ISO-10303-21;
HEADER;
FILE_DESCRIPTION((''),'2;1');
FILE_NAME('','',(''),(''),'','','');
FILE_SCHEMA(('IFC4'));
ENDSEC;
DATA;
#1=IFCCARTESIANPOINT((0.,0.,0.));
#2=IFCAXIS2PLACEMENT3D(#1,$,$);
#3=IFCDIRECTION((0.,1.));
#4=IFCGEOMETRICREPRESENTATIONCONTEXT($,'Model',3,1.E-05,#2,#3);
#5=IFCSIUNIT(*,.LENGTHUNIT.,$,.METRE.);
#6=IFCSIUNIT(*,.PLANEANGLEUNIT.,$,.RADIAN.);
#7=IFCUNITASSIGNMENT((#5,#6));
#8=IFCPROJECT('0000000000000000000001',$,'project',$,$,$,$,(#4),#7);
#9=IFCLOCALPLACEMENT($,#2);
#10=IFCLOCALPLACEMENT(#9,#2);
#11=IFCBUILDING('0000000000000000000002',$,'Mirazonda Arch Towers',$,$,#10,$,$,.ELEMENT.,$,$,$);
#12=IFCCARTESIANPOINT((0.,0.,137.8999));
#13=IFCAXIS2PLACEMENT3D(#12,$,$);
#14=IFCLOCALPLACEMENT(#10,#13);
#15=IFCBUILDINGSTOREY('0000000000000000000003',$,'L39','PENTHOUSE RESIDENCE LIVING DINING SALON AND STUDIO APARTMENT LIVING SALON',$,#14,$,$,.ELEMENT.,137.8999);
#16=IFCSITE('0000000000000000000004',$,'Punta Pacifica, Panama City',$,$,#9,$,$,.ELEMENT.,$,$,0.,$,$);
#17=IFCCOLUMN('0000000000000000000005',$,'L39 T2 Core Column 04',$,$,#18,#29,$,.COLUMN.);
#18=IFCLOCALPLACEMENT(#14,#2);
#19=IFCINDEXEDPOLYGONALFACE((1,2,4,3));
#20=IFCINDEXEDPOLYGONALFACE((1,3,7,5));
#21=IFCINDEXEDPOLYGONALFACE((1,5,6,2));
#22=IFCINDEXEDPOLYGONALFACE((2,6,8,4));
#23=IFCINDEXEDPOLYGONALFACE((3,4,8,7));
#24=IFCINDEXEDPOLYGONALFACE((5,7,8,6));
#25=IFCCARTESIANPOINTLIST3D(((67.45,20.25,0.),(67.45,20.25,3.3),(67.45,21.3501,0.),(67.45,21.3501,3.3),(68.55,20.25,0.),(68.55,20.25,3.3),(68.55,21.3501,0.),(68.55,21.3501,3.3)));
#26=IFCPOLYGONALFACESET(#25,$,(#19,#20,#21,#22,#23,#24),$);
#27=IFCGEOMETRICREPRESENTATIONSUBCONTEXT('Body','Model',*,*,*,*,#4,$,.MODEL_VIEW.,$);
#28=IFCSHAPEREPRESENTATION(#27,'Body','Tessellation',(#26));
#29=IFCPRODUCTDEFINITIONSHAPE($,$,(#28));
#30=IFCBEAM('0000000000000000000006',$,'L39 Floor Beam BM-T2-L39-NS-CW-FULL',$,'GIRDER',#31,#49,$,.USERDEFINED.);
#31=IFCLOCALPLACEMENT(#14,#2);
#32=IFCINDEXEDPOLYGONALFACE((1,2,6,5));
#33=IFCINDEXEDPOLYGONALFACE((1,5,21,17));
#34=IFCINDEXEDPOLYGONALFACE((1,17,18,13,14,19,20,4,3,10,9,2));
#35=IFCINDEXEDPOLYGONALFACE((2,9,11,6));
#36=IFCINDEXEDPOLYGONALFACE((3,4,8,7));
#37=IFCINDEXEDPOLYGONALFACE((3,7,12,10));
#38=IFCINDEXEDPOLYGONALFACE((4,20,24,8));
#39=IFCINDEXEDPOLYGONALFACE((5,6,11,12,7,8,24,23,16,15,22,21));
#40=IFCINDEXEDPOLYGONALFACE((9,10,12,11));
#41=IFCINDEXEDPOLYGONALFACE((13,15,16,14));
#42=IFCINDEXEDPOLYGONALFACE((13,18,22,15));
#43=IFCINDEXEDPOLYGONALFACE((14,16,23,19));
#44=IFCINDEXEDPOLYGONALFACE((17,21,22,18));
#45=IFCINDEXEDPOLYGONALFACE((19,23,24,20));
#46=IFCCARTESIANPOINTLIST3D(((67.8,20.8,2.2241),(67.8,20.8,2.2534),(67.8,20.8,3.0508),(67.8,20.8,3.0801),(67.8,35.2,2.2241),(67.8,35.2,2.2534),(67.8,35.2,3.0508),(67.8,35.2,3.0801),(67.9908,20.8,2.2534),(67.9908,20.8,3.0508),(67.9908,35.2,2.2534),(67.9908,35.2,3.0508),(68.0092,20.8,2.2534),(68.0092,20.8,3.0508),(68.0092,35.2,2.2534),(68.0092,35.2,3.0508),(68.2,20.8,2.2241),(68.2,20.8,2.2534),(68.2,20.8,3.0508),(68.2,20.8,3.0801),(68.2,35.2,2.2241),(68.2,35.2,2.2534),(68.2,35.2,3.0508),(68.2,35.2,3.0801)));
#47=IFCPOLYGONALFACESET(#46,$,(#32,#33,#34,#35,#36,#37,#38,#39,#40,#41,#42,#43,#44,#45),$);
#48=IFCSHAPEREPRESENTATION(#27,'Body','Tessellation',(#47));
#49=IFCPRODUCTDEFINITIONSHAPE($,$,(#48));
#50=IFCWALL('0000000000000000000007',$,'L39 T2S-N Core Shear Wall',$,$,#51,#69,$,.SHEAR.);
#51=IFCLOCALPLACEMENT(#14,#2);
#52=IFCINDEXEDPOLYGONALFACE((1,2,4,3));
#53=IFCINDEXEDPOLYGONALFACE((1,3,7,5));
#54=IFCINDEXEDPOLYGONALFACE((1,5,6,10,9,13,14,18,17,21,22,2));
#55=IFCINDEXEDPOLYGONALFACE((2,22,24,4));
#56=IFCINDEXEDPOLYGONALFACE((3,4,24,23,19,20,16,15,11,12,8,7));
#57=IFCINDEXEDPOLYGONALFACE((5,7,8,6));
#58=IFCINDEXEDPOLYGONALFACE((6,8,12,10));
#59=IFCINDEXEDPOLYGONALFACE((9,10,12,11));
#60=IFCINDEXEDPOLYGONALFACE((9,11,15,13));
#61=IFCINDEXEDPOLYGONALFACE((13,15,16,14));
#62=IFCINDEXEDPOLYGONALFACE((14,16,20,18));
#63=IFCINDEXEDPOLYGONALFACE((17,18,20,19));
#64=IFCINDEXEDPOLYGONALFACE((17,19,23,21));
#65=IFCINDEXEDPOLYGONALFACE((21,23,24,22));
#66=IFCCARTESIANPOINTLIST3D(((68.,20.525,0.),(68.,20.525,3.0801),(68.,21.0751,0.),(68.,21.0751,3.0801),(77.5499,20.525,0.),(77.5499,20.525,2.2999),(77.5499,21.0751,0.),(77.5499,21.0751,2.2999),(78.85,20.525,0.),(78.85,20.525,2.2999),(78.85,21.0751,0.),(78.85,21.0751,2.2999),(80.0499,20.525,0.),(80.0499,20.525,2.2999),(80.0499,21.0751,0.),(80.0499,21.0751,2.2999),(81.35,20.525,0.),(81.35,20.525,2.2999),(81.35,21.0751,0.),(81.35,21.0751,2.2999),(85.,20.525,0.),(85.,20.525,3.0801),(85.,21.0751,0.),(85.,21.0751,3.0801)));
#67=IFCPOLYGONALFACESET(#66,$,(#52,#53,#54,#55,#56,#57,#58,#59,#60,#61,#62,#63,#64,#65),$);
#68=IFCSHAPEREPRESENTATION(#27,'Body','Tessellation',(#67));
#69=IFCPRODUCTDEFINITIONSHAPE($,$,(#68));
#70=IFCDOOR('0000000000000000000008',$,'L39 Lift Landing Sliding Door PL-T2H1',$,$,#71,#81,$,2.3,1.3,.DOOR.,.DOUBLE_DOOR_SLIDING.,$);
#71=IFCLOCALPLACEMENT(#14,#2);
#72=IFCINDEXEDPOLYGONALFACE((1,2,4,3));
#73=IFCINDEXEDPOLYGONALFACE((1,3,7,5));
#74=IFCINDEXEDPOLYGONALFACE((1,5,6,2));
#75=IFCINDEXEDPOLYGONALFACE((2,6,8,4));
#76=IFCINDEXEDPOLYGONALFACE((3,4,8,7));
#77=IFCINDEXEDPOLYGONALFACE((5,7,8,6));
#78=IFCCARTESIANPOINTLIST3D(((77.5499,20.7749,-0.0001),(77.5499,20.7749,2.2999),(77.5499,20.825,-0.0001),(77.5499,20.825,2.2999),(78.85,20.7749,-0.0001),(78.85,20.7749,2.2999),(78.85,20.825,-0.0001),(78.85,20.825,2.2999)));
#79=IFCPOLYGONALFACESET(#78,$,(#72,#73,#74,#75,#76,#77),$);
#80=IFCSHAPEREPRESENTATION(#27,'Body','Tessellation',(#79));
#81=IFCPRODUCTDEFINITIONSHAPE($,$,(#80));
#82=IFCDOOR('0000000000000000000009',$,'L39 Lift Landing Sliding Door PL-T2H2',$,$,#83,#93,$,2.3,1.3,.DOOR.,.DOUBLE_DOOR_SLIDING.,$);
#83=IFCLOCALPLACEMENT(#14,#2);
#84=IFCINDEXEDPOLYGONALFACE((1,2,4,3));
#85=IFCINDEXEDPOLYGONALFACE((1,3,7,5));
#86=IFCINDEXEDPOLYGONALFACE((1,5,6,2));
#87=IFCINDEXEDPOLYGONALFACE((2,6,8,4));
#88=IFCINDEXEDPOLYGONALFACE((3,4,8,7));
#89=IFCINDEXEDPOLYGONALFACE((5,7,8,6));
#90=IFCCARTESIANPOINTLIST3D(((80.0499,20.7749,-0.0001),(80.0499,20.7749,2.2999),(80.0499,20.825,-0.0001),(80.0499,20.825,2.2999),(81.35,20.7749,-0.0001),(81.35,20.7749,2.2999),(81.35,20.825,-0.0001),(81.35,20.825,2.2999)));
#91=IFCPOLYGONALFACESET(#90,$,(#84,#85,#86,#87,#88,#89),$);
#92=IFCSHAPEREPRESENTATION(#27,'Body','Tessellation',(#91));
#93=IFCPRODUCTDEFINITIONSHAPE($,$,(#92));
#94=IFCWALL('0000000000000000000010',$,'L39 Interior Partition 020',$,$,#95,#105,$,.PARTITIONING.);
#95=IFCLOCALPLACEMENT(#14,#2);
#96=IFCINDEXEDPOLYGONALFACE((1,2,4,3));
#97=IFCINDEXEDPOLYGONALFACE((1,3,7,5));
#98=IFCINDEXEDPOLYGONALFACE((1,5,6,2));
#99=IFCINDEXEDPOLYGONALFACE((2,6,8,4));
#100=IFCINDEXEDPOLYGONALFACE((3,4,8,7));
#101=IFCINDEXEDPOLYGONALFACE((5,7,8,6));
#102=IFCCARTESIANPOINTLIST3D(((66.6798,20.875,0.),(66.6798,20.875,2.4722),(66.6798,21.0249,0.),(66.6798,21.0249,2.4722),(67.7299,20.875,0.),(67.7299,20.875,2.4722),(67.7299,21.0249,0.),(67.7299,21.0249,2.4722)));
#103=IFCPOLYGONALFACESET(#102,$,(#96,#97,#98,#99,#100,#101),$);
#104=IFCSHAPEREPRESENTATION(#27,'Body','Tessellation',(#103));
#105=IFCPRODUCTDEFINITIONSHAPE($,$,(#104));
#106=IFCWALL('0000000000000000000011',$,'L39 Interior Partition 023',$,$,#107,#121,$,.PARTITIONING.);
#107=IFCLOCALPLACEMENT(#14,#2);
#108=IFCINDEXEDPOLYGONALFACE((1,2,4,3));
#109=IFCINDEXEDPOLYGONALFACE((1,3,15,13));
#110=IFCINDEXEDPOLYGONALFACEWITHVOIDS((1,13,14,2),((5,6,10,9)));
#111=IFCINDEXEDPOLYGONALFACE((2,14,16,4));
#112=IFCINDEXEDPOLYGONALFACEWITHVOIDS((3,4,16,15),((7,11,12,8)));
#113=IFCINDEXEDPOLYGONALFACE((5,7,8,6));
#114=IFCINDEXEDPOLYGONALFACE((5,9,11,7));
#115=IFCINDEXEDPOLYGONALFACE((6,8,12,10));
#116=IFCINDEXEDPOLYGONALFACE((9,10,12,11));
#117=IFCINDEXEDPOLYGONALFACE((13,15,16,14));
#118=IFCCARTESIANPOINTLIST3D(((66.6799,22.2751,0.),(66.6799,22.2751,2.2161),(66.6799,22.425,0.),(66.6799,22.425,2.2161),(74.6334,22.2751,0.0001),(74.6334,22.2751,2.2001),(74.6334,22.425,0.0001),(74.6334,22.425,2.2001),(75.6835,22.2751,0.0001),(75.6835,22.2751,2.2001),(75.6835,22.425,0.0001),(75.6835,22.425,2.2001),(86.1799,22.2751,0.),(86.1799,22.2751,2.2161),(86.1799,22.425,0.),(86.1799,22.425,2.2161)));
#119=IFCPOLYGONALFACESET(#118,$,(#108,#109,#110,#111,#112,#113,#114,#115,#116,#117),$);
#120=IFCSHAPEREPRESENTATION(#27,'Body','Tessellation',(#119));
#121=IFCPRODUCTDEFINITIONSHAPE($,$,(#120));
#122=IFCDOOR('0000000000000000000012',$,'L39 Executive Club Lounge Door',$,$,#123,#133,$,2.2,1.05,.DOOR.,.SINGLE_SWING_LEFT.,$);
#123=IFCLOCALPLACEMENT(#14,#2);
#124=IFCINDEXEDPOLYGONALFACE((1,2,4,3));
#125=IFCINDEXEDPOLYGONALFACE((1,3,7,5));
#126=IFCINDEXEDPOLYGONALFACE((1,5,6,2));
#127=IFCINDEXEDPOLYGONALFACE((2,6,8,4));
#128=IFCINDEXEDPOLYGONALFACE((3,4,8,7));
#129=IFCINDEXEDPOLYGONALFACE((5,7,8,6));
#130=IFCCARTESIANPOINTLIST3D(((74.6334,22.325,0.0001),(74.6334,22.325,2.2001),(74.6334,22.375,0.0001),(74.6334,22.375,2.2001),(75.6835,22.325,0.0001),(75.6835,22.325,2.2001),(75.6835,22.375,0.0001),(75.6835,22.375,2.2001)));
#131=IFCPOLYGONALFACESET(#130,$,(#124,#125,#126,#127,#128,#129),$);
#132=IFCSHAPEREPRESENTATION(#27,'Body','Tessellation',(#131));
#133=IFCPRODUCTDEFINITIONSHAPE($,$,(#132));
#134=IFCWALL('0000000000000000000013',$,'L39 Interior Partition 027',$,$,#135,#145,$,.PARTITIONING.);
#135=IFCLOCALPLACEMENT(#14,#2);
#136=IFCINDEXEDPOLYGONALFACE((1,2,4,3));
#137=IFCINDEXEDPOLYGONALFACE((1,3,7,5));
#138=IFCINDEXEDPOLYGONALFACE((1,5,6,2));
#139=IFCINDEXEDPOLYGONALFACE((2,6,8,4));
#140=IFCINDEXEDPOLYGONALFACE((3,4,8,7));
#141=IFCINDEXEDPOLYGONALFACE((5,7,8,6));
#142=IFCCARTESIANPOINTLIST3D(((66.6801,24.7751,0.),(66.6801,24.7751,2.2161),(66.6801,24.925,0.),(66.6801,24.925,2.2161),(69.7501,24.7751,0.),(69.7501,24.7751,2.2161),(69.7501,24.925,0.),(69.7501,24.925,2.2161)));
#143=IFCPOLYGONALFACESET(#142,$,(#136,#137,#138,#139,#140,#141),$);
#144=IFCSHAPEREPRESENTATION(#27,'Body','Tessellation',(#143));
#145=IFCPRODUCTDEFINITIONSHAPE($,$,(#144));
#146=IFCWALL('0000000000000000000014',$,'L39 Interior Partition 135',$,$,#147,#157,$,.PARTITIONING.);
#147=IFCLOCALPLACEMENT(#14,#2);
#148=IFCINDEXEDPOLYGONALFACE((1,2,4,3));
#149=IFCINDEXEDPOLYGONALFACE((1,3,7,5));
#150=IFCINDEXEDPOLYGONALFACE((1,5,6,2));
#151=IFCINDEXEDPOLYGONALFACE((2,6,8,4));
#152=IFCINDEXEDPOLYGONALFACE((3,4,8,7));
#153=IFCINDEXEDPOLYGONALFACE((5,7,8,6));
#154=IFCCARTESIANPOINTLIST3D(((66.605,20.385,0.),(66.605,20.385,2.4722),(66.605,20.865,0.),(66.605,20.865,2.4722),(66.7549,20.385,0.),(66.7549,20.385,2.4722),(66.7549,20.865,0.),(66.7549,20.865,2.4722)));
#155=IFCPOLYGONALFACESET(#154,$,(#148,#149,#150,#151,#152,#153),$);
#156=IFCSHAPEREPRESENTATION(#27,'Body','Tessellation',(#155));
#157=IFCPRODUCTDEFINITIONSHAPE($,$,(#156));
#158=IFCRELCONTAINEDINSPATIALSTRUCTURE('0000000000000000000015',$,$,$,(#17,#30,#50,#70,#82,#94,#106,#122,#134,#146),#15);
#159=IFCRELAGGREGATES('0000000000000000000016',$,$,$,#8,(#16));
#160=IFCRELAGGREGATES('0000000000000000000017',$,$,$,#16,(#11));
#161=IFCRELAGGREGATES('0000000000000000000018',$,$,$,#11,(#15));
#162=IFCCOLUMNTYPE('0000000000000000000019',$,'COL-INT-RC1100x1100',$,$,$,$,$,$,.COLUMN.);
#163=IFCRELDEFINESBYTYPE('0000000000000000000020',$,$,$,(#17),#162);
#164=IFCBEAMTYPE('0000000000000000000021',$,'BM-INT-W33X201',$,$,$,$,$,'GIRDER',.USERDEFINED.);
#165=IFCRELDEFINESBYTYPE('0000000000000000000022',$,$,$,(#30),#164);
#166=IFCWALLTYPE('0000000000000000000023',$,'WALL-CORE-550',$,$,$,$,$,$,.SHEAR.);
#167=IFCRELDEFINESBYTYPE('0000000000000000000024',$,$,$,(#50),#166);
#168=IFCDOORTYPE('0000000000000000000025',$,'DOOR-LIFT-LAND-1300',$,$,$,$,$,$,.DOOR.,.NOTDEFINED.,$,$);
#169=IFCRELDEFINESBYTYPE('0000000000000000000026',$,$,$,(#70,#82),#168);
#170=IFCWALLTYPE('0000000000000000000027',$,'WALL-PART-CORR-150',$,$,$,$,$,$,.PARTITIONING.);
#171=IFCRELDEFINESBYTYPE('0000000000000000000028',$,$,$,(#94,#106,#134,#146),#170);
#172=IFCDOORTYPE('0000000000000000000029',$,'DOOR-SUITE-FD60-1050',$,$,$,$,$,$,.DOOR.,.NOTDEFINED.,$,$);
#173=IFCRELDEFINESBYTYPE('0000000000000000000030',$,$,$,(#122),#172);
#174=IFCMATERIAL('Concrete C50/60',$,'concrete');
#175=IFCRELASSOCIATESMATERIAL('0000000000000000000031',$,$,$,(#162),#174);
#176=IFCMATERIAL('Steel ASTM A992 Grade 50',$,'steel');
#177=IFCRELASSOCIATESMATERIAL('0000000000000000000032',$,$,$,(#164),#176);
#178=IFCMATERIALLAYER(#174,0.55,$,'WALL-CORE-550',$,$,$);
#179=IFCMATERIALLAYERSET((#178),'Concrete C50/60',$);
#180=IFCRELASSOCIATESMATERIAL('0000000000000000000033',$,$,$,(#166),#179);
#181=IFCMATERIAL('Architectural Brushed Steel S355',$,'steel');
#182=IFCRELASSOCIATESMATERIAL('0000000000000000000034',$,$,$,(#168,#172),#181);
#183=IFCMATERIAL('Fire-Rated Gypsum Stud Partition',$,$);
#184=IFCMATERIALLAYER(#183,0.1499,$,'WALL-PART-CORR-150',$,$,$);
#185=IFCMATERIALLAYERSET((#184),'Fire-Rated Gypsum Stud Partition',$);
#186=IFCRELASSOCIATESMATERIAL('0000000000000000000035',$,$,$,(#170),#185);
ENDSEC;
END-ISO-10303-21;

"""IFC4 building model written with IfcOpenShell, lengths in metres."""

from ifc_helpers import new_model, si_unit, direction, frame, frame_2d, origin, origin_2d, place, context, subcontext, project, spatial, rectangle, i_section, extrude, material, layer, layer_set, material_profile, profile_set, type_object, element, fill, save


model = new_model("IFC4")

# Units and contexts
model_context = context("Model", 3, precision=1e-05, world=origin(), true_north=direction((0.0, 1.0)))
body_context = subcontext(model_context, "Body", "Model", "MODEL_VIEW")
ifc_project = project(units=[si_unit("LENGTHUNIT", "METRE"), si_unit("PLANEANGLEUNIT", "RADIAN")], contexts=[model_context])

# Site, building, storey
site_placement = place(None, origin())
site = spatial("IfcSite", under=ifc_project, at=site_placement, Name="Punta Pacifica, Panama City", CompositionType="ELEMENT", RefElevation=0.0)
building_placement = place(site_placement, origin())
building = spatial("IfcBuilding", under=site, at=building_placement, Name="Mirazonda Arch Towers", CompositionType="ELEMENT")
storey_placement = place(building_placement, frame((0.0, 0.0, 137.8999)))
storey = spatial("IfcBuildingStorey", under=building, at=storey_placement, Name="L39", Description="PENTHOUSE RESIDENCE LIVING DINING SALON AND STUDIO APARTMENT LIVING SALON", CompositionType="ELEMENT", Elevation=137.8999)

# Column
ifc_material_1 = material(Name="Concrete C50/60", Category="concrete")
ifc_material_profile_1 = material_profile(ifc_material_1, rectangle(XDim=1.1001, YDim=1.1001, at=origin_2d()), Name="RC1100x1100")
ifc_profile_set_1 = profile_set([ifc_material_profile_1], Name="Concrete C50/60")
column_type = type_object("IfcColumnType", Name="COL-INT-RC1100x1100", PredefinedType="COLUMN", material=ifc_profile_set_1)
column_placement = place(storey_placement, frame((68.0, 20.8, 0.0), z_axis=(0.0, 0.0, 1.0), x_axis=(1.0, 0.0, 0.0)))
element("IfcColumn", 1, at=column_placement, inside=storey, type_object=column_type, Name="L39 T2 Core Column 04", PredefinedType="COLUMN", context=body_context, shape_type="SweptSolid", body=[
    extrude(rectangle(XDim=1.1001, YDim=1.1001, at=origin_2d()), origin(), (0.0, 0.0, 1.0), 3.3),
])

# Beam
ifc_material_2 = material(Name="Steel ASTM A992 Grade 50", Category="steel")
ifc_material_profile_2 = material_profile(ifc_material_2, i_section(OverallWidth=0.3999, OverallDepth=0.856, WebThickness=0.0183, FlangeThickness=0.0293, at=origin_2d()), Name="W33X201")
ifc_profile_set_2 = profile_set([ifc_material_profile_2], Name="Steel ASTM A992 Grade 50")
beam_type = type_object("IfcBeamType", Name="BM-INT-W33X201", ElementType="GIRDER", PredefinedType="USERDEFINED", material=ifc_profile_set_2)
beam_placement = place(storey_placement, frame((68.0, 20.8, 2.6521), z_axis=(0.0, 1.0, 0.0), x_axis=(-1.0, 0.0, 0.0)))
element("IfcBeam", 2, at=beam_placement, inside=storey, type_object=beam_type, Name="L39 Floor Beam BM-T2-L39-NS-CW-FULL", ObjectType="GIRDER", PredefinedType="USERDEFINED", context=body_context, shape_type="SweptSolid", body=[
    extrude(i_section(OverallWidth=0.3999, OverallDepth=0.856, WebThickness=0.0183, FlangeThickness=0.0293, at=origin_2d()), origin(), (0.0, 0.0, 1.0), 14.3999),
])

# Wall, openings, doors
ifc_layer_1 = layer(ifc_material_1, 0.55, Name="WALL-CORE-550")
ifc_layer_set_1 = layer_set([ifc_layer_1], Name="Concrete C50/60")
wall_type_1 = type_object("IfcWallType", Name="WALL-CORE-550", PredefinedType="SHEAR", material=ifc_layer_set_1)
wall_1_placement = place(storey_placement, frame((68.0, 20.8, 0.0), z_axis=(0.0, 0.0, 1.0), x_axis=(1.0, 0.0, 0.0)))
wall_1 = element("IfcWall", 3, at=wall_1_placement, inside=storey, type_object=wall_type_1, Name="L39 T2S-N Core Shear Wall", PredefinedType="SHEAR", context=body_context, shape_type="SweptSolid", body=[
    extrude(rectangle(XDim=17.0, YDim=0.55, at=frame_2d((8.5, 0.0))), origin(), (0.0, 0.0, 1.0), 3.0801),
])
opening_1_placement = place(wall_1_placement, frame((9.55, 0.0, 0.0)))
opening_1 = element("IfcOpeningElement", 4, at=opening_1_placement, cuts=wall_1, PredefinedType="OPENING", context=body_context, shape_type="SweptSolid", body=[
    extrude(rectangle(XDim=1.3, YDim=2.3, at=frame_2d((0.6499, 1.1499))), frame((0.0, 0.2849, 0.0), z_axis=(0.0, -1.0, 0.0), x_axis=(1.0, 0.0, 0.0)), (0.0, 0.0, 1.0), 0.5701),
])
opening_2_placement = place(wall_1_placement, frame((12.05, 0.0, 0.0)))
opening_2 = element("IfcOpeningElement", 5, at=opening_2_placement, cuts=wall_1, PredefinedType="OPENING", context=body_context, shape_type="SweptSolid", body=[
    extrude(rectangle(XDim=1.3, YDim=2.3, at=frame_2d((0.6499, 1.1499))), frame((0.0, 0.2849, 0.0), z_axis=(0.0, -1.0, 0.0), x_axis=(1.0, 0.0, 0.0)), (0.0, 0.0, 1.0), 0.5701),
])
ifc_material_3 = material(Name="Architectural Brushed Steel S355", Category="steel")
door_type_1 = type_object("IfcDoorType", Name="DOOR-LIFT-LAND-1300", OperationType="NOTDEFINED", PredefinedType="DOOR", material=ifc_material_3)
door_1_placement = place(opening_1_placement, origin())
door_1 = element("IfcDoor", 6, at=door_1_placement, inside=storey, type_object=door_type_1, Name="L39 Lift Landing Sliding Door PL-T2H1", OperationType="DOUBLE_DOOR_SLIDING", OverallHeight=2.3, OverallWidth=1.3, PredefinedType="DOOR", context=body_context, shape_type="SweptSolid", body=[
    extrude(rectangle(XDim=1.3, YDim=2.3, at=frame_2d((0.6499, 1.1499))), frame((0.0, 0.0249, 0.0), z_axis=(0.0, -1.0, 0.0), x_axis=(1.0, 0.0, 0.0)), (0.0, 0.0, 1.0), 0.05),
])
fill(opening_1, door_1)
door_2_placement = place(opening_2_placement, origin())
door_2 = element("IfcDoor", 7, at=door_2_placement, inside=storey, type_object=door_type_1, Name="L39 Lift Landing Sliding Door PL-T2H2", OperationType="DOUBLE_DOOR_SLIDING", OverallHeight=2.3, OverallWidth=1.3, PredefinedType="DOOR", context=body_context, shape_type="SweptSolid", body=[
    extrude(rectangle(XDim=1.3, YDim=2.3, at=frame_2d((0.6499, 1.1499))), frame((0.0, 0.0249, 0.0), z_axis=(0.0, -1.0, 0.0), x_axis=(1.0, 0.0, 0.0)), (0.0, 0.0, 1.0), 0.05),
])
fill(opening_2, door_2)

# Wall
ifc_material_4 = material(Name="Fire-Rated Gypsum Stud Partition")
ifc_layer_2 = layer(ifc_material_4, 0.1499, Name="WALL-PART-CORR-150")
ifc_layer_set_2 = layer_set([ifc_layer_2], Name="Fire-Rated Gypsum Stud Partition")
wall_type_2 = type_object("IfcWallType", Name="WALL-PART-CORR-150", PredefinedType="PARTITIONING", material=ifc_layer_set_2)
wall_2_placement = place(storey_placement, frame((66.6799, 20.95, 0.0), z_axis=(0.0, 0.0, 1.0), x_axis=(1.0, 0.0, 0.0)))
element("IfcWall", 8, at=wall_2_placement, inside=storey, type_object=wall_type_2, Name="L39 Interior Partition 020", PredefinedType="PARTITIONING", context=body_context, shape_type="SweptSolid", body=[
    extrude(rectangle(XDim=1.05, YDim=0.1499, at=frame_2d((0.5249, 0.0))), origin(), (0.0, 0.0, 1.0), 2.4722),
])

# Wall, opening, door
wall_3_placement = place(storey_placement, frame((66.6799, 22.3501, 0.0), z_axis=(0.0, 0.0, 1.0), x_axis=(1.0, 0.0, 0.0)))
wall_3 = element("IfcWall", 9, at=wall_3_placement, inside=storey, type_object=wall_type_2, Name="L39 Interior Partition 023", PredefinedType="PARTITIONING", context=body_context, shape_type="SweptSolid", body=[
    extrude(rectangle(XDim=19.5, YDim=0.1499, at=frame_2d((9.75, 0.0))), origin(), (0.0, 0.0, 1.0), 2.2161),
])
opening_3_placement = place(wall_3_placement, frame((7.9536, 0.0, 0.0)))
opening_3 = element("IfcOpeningElement", 10, at=opening_3_placement, cuts=wall_3, PredefinedType="OPENING", context=body_context, shape_type="SweptSolid", body=[
    extrude(rectangle(XDim=1.05, YDim=2.2, at=frame_2d((0.5249, 1.1001))), frame((0.0, 0.085, 0.0), z_axis=(0.0, -1.0, 0.0), x_axis=(1.0, 0.0, 0.0)), (0.0, 0.0, 1.0), 0.1699),
])
door_type_2 = type_object("IfcDoorType", Name="DOOR-SUITE-FD60-1050", OperationType="NOTDEFINED", PredefinedType="DOOR", material=ifc_material_3)
door_3_placement = place(opening_3_placement, origin())
door_3 = element("IfcDoor", 11, at=door_3_placement, inside=storey, type_object=door_type_2, Name="L39 Executive Club Lounge Door", OperationType="SINGLE_SWING_LEFT", OverallHeight=2.2, OverallWidth=1.05, PredefinedType="DOOR", context=body_context, shape_type="SweptSolid", body=[
    extrude(rectangle(XDim=1.05, YDim=2.2, at=frame_2d((0.5249, 1.1001))), frame((0.0, 0.0249, 0.0), z_axis=(0.0, -1.0, 0.0), x_axis=(1.0, 0.0, 0.0)), (0.0, 0.0, 1.0), 0.05),
])
fill(opening_3, door_3)

# Walls
wall_4_placement = place(storey_placement, frame((66.6799, 24.8501, 0.0), z_axis=(0.0, 0.0, 1.0), x_axis=(1.0, 0.0, 0.0)))
element("IfcWall", 12, at=wall_4_placement, inside=storey, type_object=wall_type_2, Name="L39 Interior Partition 027", PredefinedType="PARTITIONING", context=body_context, shape_type="SweptSolid", body=[
    extrude(rectangle(XDim=3.0701, YDim=0.1499, at=frame_2d((1.5352, 0.0))), origin(), (0.0, 0.0, 1.0), 2.2161),
])
wall_5_placement = place(storey_placement, frame((66.6799, 20.385, 0.0), z_axis=(0.0, 0.0, 1.0), x_axis=(0.0, 1.0, 0.0)))
element("IfcWall", 13, at=wall_5_placement, inside=storey, type_object=wall_type_2, Name="L39 Interior Partition 135", PredefinedType="PARTITIONING", context=body_context, shape_type="SweptSolid", body=[
    extrude(rectangle(XDim=0.48, YDim=0.1499, at=frame_2d((0.24, 0.0))), origin(), (0.0, 0.0, 1.0), 2.4722),
])

save(model, "model.ifc")
